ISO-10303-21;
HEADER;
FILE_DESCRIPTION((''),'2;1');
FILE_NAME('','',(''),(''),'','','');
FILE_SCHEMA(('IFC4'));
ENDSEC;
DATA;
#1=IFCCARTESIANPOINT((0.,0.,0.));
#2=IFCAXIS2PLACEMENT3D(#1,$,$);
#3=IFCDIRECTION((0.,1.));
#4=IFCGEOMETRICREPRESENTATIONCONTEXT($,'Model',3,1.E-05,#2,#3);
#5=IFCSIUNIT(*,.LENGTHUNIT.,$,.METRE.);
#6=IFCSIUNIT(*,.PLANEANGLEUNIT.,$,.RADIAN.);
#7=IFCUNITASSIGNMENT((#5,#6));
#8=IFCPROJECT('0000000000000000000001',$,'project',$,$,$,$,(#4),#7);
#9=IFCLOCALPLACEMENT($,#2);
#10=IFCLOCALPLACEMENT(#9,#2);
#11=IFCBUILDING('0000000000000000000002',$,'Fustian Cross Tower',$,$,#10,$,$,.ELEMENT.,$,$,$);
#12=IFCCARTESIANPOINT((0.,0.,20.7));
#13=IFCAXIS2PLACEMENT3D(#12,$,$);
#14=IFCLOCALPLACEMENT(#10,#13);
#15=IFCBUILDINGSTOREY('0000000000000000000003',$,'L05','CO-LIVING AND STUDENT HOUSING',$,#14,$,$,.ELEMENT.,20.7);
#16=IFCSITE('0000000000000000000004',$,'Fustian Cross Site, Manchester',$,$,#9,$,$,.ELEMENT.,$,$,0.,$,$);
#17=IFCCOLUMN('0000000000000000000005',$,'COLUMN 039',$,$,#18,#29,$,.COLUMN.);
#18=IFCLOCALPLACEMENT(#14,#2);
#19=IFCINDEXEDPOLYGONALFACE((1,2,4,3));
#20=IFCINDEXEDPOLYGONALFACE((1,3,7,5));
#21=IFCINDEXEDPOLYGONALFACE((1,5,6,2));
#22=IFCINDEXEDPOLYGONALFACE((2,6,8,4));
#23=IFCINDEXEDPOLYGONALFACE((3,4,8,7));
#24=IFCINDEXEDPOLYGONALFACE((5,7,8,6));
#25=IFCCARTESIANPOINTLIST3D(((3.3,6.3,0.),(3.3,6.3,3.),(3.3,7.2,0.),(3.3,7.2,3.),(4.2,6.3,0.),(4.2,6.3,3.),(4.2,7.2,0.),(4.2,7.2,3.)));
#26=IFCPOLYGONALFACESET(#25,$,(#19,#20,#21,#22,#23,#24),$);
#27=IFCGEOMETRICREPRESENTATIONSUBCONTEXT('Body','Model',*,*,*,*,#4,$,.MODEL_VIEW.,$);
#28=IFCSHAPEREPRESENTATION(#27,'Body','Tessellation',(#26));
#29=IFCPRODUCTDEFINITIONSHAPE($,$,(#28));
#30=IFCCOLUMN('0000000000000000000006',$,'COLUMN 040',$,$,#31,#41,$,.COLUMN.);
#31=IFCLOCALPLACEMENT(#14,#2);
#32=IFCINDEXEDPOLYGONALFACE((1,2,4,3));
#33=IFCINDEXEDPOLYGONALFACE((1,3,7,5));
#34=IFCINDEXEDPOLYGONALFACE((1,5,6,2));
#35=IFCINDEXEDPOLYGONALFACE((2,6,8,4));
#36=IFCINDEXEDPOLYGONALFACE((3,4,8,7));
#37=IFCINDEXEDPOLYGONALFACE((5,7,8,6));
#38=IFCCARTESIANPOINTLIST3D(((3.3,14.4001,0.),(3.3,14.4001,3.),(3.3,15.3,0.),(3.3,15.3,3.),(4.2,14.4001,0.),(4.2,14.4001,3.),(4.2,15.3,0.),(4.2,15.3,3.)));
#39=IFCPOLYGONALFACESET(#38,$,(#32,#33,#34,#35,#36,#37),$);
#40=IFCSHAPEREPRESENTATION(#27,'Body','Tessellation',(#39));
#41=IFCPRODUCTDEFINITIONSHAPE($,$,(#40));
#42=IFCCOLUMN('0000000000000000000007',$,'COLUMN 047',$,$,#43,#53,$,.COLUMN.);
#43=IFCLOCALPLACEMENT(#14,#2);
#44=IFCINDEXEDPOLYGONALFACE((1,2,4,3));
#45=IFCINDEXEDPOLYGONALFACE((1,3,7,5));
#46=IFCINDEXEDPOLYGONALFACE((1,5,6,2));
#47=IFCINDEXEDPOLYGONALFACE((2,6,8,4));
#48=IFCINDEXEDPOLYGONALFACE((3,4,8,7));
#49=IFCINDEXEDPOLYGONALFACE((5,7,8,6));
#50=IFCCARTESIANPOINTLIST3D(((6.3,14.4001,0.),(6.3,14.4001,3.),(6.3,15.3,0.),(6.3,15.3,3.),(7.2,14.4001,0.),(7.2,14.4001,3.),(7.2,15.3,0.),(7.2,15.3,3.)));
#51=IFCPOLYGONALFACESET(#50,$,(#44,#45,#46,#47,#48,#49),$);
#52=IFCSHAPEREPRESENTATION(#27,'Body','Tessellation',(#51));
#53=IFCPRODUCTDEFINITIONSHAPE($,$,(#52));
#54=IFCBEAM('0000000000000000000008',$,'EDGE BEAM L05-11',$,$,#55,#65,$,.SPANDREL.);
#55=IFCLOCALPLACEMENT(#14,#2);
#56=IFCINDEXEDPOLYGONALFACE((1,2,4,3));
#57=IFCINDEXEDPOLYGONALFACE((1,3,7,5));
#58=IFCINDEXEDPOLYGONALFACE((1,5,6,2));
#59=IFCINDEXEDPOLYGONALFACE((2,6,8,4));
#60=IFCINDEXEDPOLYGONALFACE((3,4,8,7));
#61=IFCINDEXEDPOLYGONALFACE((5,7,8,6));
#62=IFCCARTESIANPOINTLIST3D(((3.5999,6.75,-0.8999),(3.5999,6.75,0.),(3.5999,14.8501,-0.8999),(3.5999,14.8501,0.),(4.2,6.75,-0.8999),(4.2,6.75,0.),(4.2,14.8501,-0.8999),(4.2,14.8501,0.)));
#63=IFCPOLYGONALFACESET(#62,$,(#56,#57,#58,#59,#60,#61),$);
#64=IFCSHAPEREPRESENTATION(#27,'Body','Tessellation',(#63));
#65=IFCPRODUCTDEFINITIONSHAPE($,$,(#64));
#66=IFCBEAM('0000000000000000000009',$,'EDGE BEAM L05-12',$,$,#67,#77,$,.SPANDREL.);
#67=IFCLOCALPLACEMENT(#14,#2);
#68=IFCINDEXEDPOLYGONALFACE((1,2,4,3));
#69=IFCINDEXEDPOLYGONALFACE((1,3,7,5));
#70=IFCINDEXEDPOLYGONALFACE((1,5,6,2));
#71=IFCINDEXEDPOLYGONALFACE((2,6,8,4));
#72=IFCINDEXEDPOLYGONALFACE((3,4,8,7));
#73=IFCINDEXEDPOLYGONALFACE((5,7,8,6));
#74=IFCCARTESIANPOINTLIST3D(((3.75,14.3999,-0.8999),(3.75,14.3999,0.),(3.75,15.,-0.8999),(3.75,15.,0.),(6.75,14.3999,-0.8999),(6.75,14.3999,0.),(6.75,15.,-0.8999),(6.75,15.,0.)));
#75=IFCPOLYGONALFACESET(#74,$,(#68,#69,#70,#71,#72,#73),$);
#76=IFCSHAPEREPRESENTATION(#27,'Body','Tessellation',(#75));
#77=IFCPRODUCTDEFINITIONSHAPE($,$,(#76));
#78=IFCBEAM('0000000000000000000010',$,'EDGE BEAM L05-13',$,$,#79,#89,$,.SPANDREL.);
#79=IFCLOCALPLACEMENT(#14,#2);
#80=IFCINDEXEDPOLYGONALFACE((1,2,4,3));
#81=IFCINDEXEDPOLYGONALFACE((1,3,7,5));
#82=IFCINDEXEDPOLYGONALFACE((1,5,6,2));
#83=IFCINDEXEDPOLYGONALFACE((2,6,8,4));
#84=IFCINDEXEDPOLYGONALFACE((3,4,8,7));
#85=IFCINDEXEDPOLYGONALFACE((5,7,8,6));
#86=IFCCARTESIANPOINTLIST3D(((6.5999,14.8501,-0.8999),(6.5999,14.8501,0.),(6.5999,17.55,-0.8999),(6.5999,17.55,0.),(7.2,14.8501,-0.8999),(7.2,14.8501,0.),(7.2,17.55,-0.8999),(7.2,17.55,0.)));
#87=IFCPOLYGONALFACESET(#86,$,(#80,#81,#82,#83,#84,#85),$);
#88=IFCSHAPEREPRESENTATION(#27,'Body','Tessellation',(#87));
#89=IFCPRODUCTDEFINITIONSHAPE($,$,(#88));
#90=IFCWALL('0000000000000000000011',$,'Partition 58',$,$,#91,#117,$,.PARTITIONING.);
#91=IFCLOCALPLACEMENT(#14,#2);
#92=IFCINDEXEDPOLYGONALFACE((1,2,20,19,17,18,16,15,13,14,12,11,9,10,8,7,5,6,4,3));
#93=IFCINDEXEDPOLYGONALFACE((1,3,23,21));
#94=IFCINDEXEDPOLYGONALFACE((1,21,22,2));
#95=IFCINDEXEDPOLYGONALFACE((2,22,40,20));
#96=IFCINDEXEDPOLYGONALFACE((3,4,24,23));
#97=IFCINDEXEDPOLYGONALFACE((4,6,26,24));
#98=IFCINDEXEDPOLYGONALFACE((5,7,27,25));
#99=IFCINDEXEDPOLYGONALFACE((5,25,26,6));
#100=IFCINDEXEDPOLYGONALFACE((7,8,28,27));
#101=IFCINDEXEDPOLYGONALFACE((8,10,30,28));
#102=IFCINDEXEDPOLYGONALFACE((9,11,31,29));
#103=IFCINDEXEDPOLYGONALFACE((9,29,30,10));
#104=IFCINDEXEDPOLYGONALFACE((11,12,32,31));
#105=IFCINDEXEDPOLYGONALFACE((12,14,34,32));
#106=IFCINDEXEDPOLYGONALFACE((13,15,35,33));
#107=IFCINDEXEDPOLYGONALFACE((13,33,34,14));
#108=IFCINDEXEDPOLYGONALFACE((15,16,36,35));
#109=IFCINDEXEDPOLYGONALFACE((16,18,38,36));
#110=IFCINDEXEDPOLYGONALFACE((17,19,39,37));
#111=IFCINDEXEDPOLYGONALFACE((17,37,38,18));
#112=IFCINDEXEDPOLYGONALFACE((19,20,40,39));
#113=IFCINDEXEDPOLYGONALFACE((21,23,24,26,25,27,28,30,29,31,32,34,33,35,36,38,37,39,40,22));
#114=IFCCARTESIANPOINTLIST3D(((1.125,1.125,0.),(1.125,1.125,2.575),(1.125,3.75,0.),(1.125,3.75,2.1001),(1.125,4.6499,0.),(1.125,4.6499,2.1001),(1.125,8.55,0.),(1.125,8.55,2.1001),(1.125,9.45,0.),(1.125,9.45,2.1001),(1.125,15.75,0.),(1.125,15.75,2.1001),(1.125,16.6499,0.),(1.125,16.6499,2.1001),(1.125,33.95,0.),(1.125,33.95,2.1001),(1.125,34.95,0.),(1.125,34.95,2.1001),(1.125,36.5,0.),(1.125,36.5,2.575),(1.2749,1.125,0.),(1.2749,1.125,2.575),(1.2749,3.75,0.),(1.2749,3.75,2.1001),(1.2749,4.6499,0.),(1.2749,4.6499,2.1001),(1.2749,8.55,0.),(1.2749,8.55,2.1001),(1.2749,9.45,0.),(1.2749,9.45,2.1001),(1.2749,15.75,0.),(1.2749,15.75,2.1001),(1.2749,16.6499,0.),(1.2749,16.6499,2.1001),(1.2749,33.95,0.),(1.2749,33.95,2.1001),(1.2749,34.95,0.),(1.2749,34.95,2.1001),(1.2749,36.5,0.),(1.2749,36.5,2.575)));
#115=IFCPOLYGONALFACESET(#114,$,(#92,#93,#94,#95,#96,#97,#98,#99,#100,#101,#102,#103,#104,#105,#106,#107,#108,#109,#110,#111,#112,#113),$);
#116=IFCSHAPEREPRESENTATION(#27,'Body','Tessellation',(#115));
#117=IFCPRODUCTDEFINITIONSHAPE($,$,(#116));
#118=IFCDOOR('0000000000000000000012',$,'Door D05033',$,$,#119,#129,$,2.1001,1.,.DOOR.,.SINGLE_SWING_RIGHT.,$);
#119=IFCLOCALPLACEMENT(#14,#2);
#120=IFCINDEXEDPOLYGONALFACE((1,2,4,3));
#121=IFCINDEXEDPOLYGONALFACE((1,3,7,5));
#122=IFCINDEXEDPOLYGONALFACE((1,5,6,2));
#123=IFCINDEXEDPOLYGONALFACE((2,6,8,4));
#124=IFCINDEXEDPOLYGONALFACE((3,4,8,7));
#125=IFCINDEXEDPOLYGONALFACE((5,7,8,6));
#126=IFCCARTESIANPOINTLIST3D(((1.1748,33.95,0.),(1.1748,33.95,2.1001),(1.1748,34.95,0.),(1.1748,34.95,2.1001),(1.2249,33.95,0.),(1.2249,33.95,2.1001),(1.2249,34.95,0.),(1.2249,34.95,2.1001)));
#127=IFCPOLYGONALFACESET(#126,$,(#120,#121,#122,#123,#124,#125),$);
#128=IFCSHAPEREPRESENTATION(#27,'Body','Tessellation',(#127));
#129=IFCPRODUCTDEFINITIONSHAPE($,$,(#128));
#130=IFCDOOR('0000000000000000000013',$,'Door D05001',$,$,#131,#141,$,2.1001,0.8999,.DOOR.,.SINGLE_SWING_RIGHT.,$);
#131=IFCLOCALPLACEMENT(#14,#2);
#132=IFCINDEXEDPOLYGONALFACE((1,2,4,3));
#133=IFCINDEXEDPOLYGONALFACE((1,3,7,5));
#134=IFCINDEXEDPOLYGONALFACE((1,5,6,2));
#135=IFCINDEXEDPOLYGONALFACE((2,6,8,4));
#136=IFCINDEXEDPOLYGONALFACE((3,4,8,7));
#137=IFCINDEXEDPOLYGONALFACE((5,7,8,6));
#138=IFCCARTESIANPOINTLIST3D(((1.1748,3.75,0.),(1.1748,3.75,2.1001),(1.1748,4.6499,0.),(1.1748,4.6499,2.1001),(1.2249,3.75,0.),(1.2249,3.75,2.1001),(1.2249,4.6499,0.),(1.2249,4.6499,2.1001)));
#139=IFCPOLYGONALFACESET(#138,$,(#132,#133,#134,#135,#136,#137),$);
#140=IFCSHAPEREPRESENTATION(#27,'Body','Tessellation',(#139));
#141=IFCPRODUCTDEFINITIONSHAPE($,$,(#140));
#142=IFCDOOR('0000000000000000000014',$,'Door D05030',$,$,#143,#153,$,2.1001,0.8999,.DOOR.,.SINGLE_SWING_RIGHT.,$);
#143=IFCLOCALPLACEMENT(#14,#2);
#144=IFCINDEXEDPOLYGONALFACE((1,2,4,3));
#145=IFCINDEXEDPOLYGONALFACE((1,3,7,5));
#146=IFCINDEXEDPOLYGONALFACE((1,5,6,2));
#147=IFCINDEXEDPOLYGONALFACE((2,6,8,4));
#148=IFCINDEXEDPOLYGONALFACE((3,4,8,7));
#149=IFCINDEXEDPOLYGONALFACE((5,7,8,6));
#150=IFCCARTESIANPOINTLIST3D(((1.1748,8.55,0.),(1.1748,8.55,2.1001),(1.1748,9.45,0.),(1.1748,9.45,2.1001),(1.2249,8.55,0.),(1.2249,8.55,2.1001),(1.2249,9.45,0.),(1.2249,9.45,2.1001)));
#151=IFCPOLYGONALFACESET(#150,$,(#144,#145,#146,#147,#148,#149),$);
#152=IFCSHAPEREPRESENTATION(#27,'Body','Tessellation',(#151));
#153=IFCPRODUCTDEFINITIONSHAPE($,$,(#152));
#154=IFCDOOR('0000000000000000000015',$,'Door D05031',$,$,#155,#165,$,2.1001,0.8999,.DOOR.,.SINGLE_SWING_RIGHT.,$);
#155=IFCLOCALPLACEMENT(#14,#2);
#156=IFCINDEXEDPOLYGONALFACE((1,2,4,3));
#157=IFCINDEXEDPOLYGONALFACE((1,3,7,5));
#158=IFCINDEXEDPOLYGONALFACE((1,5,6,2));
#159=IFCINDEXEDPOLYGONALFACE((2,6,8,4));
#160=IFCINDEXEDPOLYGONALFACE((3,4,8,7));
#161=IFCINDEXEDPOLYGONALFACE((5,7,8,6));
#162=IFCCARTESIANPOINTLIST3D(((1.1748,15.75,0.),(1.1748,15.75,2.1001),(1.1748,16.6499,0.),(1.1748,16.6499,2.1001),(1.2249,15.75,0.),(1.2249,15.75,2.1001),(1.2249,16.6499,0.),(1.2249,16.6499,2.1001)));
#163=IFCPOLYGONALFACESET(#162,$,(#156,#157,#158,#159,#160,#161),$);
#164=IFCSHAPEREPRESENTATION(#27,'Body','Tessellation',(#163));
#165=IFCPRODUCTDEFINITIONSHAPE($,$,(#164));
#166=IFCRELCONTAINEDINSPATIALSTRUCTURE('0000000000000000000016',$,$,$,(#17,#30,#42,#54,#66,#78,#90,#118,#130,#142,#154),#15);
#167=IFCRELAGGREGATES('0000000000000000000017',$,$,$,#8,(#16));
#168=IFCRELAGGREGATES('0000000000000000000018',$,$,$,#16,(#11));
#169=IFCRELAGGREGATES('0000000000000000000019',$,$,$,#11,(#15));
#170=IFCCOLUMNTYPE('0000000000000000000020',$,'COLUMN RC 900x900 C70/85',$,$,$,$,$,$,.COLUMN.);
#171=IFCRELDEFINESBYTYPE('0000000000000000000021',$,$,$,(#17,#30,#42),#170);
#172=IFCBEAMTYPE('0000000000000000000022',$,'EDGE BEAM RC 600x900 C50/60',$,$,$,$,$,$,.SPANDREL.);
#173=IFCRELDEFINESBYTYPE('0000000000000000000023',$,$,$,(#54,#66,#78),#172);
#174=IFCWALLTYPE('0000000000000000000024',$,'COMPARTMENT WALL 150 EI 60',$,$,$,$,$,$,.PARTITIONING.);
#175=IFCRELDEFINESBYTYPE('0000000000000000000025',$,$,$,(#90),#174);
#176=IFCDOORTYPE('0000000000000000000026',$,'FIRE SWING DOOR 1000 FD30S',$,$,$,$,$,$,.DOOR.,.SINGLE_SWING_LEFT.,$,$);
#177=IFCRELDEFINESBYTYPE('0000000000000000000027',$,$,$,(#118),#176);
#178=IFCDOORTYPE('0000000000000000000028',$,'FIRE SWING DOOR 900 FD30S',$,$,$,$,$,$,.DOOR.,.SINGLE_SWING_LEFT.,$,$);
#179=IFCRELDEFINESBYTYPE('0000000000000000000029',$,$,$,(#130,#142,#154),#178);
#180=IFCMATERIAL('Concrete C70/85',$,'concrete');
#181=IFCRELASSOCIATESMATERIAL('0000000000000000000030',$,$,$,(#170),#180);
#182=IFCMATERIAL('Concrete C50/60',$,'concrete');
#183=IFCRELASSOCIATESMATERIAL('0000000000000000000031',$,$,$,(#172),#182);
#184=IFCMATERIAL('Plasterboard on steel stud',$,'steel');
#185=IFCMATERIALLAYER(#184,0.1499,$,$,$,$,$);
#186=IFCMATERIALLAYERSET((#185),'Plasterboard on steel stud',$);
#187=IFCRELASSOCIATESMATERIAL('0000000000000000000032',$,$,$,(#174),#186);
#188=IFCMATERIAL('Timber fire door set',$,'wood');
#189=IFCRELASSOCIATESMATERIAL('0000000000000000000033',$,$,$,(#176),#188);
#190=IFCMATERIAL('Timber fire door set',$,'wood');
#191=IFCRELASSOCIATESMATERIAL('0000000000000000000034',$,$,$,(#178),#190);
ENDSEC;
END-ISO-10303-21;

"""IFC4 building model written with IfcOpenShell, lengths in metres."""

from ifc_helpers import new_model, si_unit, direction, frame, frame_2d, origin, origin_2d, place, context, subcontext, project, spatial, rectangle, extrude, material, layer, layer_set, material_profile, profile_set, type_object, element, fill, save


model = new_model("IFC4")

# Units and contexts
model_context = context("Model", 3, precision=1e-05, world=origin(), true_north=direction((0.0, 1.0)))
body_context = subcontext(model_context, "Body", "Model", "MODEL_VIEW")
ifc_project = project(units=[si_unit("LENGTHUNIT", "METRE"), si_unit("PLANEANGLEUNIT", "RADIAN")], contexts=[model_context])

# Site, building, storey
site_placement = place(None, origin())
site = spatial("IfcSite", under=ifc_project, at=site_placement, Name="Fustian Cross Site, Manchester", CompositionType="ELEMENT", RefElevation=0.0)
building_placement = place(site_placement, origin())
building = spatial("IfcBuilding", under=site, at=building_placement, Name="Fustian Cross Tower", CompositionType="ELEMENT")
storey_placement = place(building_placement, frame((0.0, 0.0, 20.7)))
storey = spatial("IfcBuildingStorey", under=building, at=storey_placement, Name="L05", Description="CO-LIVING AND STUDENT HOUSING", CompositionType="ELEMENT", Elevation=20.7)

# Columns
ifc_material_1 = material(Name="Concrete C70/85", Category="concrete")
ifc_material_profile_1 = material_profile(ifc_material_1, rectangle(XDim=0.8999, YDim=0.8999, at=origin_2d()), Name="RC 900x900")
ifc_profile_set_1 = profile_set([ifc_material_profile_1], Name="Concrete C70/85")
column_type = type_object("IfcColumnType", Name="COLUMN RC 900x900 C70/85", PredefinedType="COLUMN", material=ifc_profile_set_1)
for number, where, z_axis, x_axis, name in (
    (1, (3.75, 6.75, 0.0), (0.0, 0.0, 1.0), (1.0, 0.0, 0.0), "COLUMN 039"),
    (2, (3.75, 14.8501, 0.0), (0.0, 0.0, 1.0), (1.0, 0.0, 0.0), "COLUMN 040"),
    (3, (6.75, 14.8501, 0.0), (0.0, 0.0, 1.0), (1.0, 0.0, 0.0), "COLUMN 047"),
):
    element("IfcColumn", number, at=place(storey_placement, frame(where, z_axis=z_axis, x_axis=x_axis)), inside=storey, type_object=column_type, Name=name, PredefinedType="COLUMN", context=body_context, shape_type="SweptSolid", body=[
        extrude(rectangle(XDim=0.8999, YDim=0.8999, at=origin_2d()), origin(), (0.0, 0.0, 1.0), 3.0),
    ])

# Beams
ifc_material_2 = material(Name="Concrete C50/60", Category="concrete")
ifc_material_profile_2 = material_profile(ifc_material_2, rectangle(XDim=0.6001, YDim=0.8999, at=origin_2d()), Name="RC 600x900")
ifc_profile_set_2 = profile_set([ifc_material_profile_2], Name="Concrete C50/60")
beam_type = type_object("IfcBeamType", Name="EDGE BEAM RC 600x900 C50/60", PredefinedType="SPANDREL", material=ifc_profile_set_2)
beam_1_placement = place(storey_placement, frame((3.8999, 6.75, -0.45), z_axis=(0.0, 1.0, 0.0), x_axis=(-1.0, 0.0, 0.0)))
element("IfcBeam", 4, at=beam_1_placement, inside=storey, type_object=beam_type, Name="EDGE BEAM L05-11", PredefinedType="SPANDREL", context=body_context, shape_type="SweptSolid", body=[
    extrude(rectangle(XDim=0.6001, YDim=0.8999, at=origin_2d()), origin(), (0.0, 0.0, 1.0), 8.1001),
])
beam_2_placement = place(storey_placement, frame((3.75, 14.7, -0.45), z_axis=(1.0, 0.0, 0.0), x_axis=(0.0, 1.0, 0.0)))
element("IfcBeam", 5, at=beam_2_placement, inside=storey, type_object=beam_type, Name="EDGE BEAM L05-12", PredefinedType="SPANDREL", context=body_context, shape_type="SweptSolid", body=[
    extrude(rectangle(XDim=0.6001, YDim=0.8999, at=origin_2d()), origin(), (0.0, 0.0, 1.0), 3.0),
])
beam_3_placement = place(storey_placement, frame((6.8999, 14.8501, -0.45), z_axis=(0.0, 1.0, 0.0), x_axis=(-1.0, 0.0, 0.0)))
element("IfcBeam", 6, at=beam_3_placement, inside=storey, type_object=beam_type, Name="EDGE BEAM L05-13", PredefinedType="SPANDREL", context=body_context, shape_type="SweptSolid", body=[
    extrude(rectangle(XDim=0.6001, YDim=0.8999, at=origin_2d()), origin(), (0.0, 0.0, 1.0), 2.7),
])

# Wall, openings, doors
ifc_material_3 = material(Name="Plasterboard on steel stud", Category="steel")
ifc_layer_1 = layer(ifc_material_3, 0.1499)
ifc_layer_set_1 = layer_set([ifc_layer_1], Name="Plasterboard on steel stud")
wall_type_1 = type_object("IfcWallType", Name="COMPARTMENT WALL 150 EI 60", PredefinedType="PARTITIONING", material=ifc_layer_set_1)
wall_1_placement = place(storey_placement, frame((1.2, 1.125, 0.0), z_axis=(0.0, 0.0, 1.0), x_axis=(0.0, 1.0, 0.0)))
wall_1 = element("IfcWall", 7, at=wall_1_placement, inside=storey, type_object=wall_type_1, Name="Partition 58", PredefinedType="PARTITIONING", context=body_context, shape_type="SweptSolid", body=[
    extrude(rectangle(XDim=35.375, YDim=0.1499, at=frame_2d((17.6875, 0.0))), origin(), (0.0, 0.0, 1.0), 2.575),
])
opening_1_placement = place(wall_1_placement, frame((2.625, 0.0, 0.0)))
opening_1 = element("IfcOpeningElement", 8, at=opening_1_placement, cuts=wall_1, PredefinedType="OPENING", context=body_context, shape_type="SweptSolid", body=[
    extrude(rectangle(XDim=0.8999, YDim=2.1001, at=frame_2d((0.45, 1.05))), frame((0.0, 0.085, 0.0), z_axis=(0.0, -1.0, 0.0), x_axis=(1.0, 0.0, 0.0)), (0.0, 0.0, 1.0), 0.1699),
])
opening_2_placement = place(wall_1_placement, frame((7.425, 0.0, 0.0)))
opening_2 = element("IfcOpeningElement", 9, at=opening_2_placement, cuts=wall_1, PredefinedType="OPENING", context=body_context, shape_type="SweptSolid", body=[
    extrude(rectangle(XDim=0.8999, YDim=2.1001, at=frame_2d((0.45, 1.05))), frame((0.0, 0.085, 0.0), z_axis=(0.0, -1.0, 0.0), x_axis=(1.0, 0.0, 0.0)), (0.0, 0.0, 1.0), 0.1699),
])
opening_3_placement = place(wall_1_placement, frame((14.625, 0.0, 0.0)))
opening_3 = element("IfcOpeningElement", 10, at=opening_3_placement, cuts=wall_1, PredefinedType="OPENING", context=body_context, shape_type="SweptSolid", body=[
    extrude(rectangle(XDim=0.8999, YDim=2.1001, at=frame_2d((0.45, 1.05))), frame((0.0, 0.085, 0.0), z_axis=(0.0, -1.0, 0.0), x_axis=(1.0, 0.0, 0.0)), (0.0, 0.0, 1.0), 0.1699),
])
opening_4_placement = place(wall_1_placement, frame((32.825, 0.0, 0.0)))
opening_4 = element("IfcOpeningElement", 11, at=opening_4_placement, cuts=wall_1, PredefinedType="OPENING", context=body_context, shape_type="SweptSolid", body=[
    extrude(rectangle(XDim=1.0, YDim=2.1001, at=frame_2d((0.5, 1.05))), frame((0.0, 0.085, 0.0), z_axis=(0.0, -1.0, 0.0), x_axis=(1.0, 0.0, 0.0)), (0.0, 0.0, 1.0), 0.1699),
])
ifc_material_4 = material(Name="Timber fire door set", Category="wood")
door_type_1 = type_object("IfcDoorType", Name="FIRE SWING DOOR 1000 FD30S", OperationType="SINGLE_SWING_LEFT", PredefinedType="DOOR", material=ifc_material_4)
door_1_placement = place(opening_4_placement, frame((1.0, 0.0, 0.0), z_axis=(0.0, 0.0, 1.0), x_axis=(-1.0, 0.0, 0.0)))
door_1 = element("IfcDoor", 12, at=door_1_placement, inside=storey, type_object=door_type_1, Name="Door D05033", OperationType="SINGLE_SWING_RIGHT", OverallHeight=2.1001, OverallWidth=1.0, PredefinedType="DOOR", context=body_context, shape_type="SweptSolid", body=[
    extrude(rectangle(XDim=1.0, YDim=2.1001, at=frame_2d((0.5, 1.05))), frame((0.0, 0.0249, 0.0), z_axis=(0.0, -1.0, 0.0), x_axis=(1.0, 0.0, 0.0)), (0.0, 0.0, 1.0), 0.05),
])
fill(opening_4, door_1)
ifc_material_5 = material(Name="Timber fire door set", Category="wood")
door_type_2 = type_object("IfcDoorType", Name="FIRE SWING DOOR 900 FD30S", OperationType="SINGLE_SWING_LEFT", PredefinedType="DOOR", material=ifc_material_5)
door_2_placement = place(opening_1_placement, frame((0.8999, 0.0, 0.0), z_axis=(0.0, 0.0, 1.0), x_axis=(-1.0, 0.0, 0.0)))
door_2 = element("IfcDoor", 13, at=door_2_placement, inside=storey, type_object=door_type_2, Name="Door D05001", OperationType="SINGLE_SWING_RIGHT", OverallHeight=2.1001, OverallWidth=0.8999, PredefinedType="DOOR", context=body_context, shape_type="SweptSolid", body=[
    extrude(rectangle(XDim=0.8999, YDim=2.1001, at=frame_2d((0.45, 1.05))), frame((0.0, 0.0249, 0.0), z_axis=(0.0, -1.0, 0.0), x_axis=(1.0, 0.0, 0.0)), (0.0, 0.0, 1.0), 0.05),
])
fill(opening_1, door_2)
door_3_placement = place(opening_2_placement, frame((0.8999, 0.0, 0.0), z_axis=(0.0, 0.0, 1.0), x_axis=(-1.0, 0.0, 0.0)))
door_3 = element("IfcDoor", 14, at=door_3_placement, inside=storey, type_object=door_type_2, Name="Door D05030", OperationType="SINGLE_SWING_RIGHT", OverallHeight=2.1001, OverallWidth=0.8999, PredefinedType="DOOR", context=body_context, shape_type="SweptSolid", body=[
    extrude(rectangle(XDim=0.8999, YDim=2.1001, at=frame_2d((0.45, 1.05))), frame((0.0, 0.0249, 0.0), z_axis=(0.0, -1.0, 0.0), x_axis=(1.0, 0.0, 0.0)), (0.0, 0.0, 1.0), 0.05),
])
fill(opening_2, door_3)
door_4_placement = place(opening_3_placement, frame((0.8999, 0.0, 0.0), z_axis=(0.0, 0.0, 1.0), x_axis=(-1.0, 0.0, 0.0)))
door_4 = element("IfcDoor", 15, at=door_4_placement, inside=storey, type_object=door_type_2, Name="Door D05031", OperationType="SINGLE_SWING_RIGHT", OverallHeight=2.1001, OverallWidth=0.8999, PredefinedType="DOOR", context=body_context, shape_type="SweptSolid", body=[
    extrude(rectangle(XDim=0.8999, YDim=2.1001, at=frame_2d((0.45, 1.05))), frame((0.0, 0.0249, 0.0), z_axis=(0.0, -1.0, 0.0), x_axis=(1.0, 0.0, 0.0)), (0.0, 0.0, 1.0), 0.05),
])
fill(opening_3, door_4)

save(model, "model.ifc")
